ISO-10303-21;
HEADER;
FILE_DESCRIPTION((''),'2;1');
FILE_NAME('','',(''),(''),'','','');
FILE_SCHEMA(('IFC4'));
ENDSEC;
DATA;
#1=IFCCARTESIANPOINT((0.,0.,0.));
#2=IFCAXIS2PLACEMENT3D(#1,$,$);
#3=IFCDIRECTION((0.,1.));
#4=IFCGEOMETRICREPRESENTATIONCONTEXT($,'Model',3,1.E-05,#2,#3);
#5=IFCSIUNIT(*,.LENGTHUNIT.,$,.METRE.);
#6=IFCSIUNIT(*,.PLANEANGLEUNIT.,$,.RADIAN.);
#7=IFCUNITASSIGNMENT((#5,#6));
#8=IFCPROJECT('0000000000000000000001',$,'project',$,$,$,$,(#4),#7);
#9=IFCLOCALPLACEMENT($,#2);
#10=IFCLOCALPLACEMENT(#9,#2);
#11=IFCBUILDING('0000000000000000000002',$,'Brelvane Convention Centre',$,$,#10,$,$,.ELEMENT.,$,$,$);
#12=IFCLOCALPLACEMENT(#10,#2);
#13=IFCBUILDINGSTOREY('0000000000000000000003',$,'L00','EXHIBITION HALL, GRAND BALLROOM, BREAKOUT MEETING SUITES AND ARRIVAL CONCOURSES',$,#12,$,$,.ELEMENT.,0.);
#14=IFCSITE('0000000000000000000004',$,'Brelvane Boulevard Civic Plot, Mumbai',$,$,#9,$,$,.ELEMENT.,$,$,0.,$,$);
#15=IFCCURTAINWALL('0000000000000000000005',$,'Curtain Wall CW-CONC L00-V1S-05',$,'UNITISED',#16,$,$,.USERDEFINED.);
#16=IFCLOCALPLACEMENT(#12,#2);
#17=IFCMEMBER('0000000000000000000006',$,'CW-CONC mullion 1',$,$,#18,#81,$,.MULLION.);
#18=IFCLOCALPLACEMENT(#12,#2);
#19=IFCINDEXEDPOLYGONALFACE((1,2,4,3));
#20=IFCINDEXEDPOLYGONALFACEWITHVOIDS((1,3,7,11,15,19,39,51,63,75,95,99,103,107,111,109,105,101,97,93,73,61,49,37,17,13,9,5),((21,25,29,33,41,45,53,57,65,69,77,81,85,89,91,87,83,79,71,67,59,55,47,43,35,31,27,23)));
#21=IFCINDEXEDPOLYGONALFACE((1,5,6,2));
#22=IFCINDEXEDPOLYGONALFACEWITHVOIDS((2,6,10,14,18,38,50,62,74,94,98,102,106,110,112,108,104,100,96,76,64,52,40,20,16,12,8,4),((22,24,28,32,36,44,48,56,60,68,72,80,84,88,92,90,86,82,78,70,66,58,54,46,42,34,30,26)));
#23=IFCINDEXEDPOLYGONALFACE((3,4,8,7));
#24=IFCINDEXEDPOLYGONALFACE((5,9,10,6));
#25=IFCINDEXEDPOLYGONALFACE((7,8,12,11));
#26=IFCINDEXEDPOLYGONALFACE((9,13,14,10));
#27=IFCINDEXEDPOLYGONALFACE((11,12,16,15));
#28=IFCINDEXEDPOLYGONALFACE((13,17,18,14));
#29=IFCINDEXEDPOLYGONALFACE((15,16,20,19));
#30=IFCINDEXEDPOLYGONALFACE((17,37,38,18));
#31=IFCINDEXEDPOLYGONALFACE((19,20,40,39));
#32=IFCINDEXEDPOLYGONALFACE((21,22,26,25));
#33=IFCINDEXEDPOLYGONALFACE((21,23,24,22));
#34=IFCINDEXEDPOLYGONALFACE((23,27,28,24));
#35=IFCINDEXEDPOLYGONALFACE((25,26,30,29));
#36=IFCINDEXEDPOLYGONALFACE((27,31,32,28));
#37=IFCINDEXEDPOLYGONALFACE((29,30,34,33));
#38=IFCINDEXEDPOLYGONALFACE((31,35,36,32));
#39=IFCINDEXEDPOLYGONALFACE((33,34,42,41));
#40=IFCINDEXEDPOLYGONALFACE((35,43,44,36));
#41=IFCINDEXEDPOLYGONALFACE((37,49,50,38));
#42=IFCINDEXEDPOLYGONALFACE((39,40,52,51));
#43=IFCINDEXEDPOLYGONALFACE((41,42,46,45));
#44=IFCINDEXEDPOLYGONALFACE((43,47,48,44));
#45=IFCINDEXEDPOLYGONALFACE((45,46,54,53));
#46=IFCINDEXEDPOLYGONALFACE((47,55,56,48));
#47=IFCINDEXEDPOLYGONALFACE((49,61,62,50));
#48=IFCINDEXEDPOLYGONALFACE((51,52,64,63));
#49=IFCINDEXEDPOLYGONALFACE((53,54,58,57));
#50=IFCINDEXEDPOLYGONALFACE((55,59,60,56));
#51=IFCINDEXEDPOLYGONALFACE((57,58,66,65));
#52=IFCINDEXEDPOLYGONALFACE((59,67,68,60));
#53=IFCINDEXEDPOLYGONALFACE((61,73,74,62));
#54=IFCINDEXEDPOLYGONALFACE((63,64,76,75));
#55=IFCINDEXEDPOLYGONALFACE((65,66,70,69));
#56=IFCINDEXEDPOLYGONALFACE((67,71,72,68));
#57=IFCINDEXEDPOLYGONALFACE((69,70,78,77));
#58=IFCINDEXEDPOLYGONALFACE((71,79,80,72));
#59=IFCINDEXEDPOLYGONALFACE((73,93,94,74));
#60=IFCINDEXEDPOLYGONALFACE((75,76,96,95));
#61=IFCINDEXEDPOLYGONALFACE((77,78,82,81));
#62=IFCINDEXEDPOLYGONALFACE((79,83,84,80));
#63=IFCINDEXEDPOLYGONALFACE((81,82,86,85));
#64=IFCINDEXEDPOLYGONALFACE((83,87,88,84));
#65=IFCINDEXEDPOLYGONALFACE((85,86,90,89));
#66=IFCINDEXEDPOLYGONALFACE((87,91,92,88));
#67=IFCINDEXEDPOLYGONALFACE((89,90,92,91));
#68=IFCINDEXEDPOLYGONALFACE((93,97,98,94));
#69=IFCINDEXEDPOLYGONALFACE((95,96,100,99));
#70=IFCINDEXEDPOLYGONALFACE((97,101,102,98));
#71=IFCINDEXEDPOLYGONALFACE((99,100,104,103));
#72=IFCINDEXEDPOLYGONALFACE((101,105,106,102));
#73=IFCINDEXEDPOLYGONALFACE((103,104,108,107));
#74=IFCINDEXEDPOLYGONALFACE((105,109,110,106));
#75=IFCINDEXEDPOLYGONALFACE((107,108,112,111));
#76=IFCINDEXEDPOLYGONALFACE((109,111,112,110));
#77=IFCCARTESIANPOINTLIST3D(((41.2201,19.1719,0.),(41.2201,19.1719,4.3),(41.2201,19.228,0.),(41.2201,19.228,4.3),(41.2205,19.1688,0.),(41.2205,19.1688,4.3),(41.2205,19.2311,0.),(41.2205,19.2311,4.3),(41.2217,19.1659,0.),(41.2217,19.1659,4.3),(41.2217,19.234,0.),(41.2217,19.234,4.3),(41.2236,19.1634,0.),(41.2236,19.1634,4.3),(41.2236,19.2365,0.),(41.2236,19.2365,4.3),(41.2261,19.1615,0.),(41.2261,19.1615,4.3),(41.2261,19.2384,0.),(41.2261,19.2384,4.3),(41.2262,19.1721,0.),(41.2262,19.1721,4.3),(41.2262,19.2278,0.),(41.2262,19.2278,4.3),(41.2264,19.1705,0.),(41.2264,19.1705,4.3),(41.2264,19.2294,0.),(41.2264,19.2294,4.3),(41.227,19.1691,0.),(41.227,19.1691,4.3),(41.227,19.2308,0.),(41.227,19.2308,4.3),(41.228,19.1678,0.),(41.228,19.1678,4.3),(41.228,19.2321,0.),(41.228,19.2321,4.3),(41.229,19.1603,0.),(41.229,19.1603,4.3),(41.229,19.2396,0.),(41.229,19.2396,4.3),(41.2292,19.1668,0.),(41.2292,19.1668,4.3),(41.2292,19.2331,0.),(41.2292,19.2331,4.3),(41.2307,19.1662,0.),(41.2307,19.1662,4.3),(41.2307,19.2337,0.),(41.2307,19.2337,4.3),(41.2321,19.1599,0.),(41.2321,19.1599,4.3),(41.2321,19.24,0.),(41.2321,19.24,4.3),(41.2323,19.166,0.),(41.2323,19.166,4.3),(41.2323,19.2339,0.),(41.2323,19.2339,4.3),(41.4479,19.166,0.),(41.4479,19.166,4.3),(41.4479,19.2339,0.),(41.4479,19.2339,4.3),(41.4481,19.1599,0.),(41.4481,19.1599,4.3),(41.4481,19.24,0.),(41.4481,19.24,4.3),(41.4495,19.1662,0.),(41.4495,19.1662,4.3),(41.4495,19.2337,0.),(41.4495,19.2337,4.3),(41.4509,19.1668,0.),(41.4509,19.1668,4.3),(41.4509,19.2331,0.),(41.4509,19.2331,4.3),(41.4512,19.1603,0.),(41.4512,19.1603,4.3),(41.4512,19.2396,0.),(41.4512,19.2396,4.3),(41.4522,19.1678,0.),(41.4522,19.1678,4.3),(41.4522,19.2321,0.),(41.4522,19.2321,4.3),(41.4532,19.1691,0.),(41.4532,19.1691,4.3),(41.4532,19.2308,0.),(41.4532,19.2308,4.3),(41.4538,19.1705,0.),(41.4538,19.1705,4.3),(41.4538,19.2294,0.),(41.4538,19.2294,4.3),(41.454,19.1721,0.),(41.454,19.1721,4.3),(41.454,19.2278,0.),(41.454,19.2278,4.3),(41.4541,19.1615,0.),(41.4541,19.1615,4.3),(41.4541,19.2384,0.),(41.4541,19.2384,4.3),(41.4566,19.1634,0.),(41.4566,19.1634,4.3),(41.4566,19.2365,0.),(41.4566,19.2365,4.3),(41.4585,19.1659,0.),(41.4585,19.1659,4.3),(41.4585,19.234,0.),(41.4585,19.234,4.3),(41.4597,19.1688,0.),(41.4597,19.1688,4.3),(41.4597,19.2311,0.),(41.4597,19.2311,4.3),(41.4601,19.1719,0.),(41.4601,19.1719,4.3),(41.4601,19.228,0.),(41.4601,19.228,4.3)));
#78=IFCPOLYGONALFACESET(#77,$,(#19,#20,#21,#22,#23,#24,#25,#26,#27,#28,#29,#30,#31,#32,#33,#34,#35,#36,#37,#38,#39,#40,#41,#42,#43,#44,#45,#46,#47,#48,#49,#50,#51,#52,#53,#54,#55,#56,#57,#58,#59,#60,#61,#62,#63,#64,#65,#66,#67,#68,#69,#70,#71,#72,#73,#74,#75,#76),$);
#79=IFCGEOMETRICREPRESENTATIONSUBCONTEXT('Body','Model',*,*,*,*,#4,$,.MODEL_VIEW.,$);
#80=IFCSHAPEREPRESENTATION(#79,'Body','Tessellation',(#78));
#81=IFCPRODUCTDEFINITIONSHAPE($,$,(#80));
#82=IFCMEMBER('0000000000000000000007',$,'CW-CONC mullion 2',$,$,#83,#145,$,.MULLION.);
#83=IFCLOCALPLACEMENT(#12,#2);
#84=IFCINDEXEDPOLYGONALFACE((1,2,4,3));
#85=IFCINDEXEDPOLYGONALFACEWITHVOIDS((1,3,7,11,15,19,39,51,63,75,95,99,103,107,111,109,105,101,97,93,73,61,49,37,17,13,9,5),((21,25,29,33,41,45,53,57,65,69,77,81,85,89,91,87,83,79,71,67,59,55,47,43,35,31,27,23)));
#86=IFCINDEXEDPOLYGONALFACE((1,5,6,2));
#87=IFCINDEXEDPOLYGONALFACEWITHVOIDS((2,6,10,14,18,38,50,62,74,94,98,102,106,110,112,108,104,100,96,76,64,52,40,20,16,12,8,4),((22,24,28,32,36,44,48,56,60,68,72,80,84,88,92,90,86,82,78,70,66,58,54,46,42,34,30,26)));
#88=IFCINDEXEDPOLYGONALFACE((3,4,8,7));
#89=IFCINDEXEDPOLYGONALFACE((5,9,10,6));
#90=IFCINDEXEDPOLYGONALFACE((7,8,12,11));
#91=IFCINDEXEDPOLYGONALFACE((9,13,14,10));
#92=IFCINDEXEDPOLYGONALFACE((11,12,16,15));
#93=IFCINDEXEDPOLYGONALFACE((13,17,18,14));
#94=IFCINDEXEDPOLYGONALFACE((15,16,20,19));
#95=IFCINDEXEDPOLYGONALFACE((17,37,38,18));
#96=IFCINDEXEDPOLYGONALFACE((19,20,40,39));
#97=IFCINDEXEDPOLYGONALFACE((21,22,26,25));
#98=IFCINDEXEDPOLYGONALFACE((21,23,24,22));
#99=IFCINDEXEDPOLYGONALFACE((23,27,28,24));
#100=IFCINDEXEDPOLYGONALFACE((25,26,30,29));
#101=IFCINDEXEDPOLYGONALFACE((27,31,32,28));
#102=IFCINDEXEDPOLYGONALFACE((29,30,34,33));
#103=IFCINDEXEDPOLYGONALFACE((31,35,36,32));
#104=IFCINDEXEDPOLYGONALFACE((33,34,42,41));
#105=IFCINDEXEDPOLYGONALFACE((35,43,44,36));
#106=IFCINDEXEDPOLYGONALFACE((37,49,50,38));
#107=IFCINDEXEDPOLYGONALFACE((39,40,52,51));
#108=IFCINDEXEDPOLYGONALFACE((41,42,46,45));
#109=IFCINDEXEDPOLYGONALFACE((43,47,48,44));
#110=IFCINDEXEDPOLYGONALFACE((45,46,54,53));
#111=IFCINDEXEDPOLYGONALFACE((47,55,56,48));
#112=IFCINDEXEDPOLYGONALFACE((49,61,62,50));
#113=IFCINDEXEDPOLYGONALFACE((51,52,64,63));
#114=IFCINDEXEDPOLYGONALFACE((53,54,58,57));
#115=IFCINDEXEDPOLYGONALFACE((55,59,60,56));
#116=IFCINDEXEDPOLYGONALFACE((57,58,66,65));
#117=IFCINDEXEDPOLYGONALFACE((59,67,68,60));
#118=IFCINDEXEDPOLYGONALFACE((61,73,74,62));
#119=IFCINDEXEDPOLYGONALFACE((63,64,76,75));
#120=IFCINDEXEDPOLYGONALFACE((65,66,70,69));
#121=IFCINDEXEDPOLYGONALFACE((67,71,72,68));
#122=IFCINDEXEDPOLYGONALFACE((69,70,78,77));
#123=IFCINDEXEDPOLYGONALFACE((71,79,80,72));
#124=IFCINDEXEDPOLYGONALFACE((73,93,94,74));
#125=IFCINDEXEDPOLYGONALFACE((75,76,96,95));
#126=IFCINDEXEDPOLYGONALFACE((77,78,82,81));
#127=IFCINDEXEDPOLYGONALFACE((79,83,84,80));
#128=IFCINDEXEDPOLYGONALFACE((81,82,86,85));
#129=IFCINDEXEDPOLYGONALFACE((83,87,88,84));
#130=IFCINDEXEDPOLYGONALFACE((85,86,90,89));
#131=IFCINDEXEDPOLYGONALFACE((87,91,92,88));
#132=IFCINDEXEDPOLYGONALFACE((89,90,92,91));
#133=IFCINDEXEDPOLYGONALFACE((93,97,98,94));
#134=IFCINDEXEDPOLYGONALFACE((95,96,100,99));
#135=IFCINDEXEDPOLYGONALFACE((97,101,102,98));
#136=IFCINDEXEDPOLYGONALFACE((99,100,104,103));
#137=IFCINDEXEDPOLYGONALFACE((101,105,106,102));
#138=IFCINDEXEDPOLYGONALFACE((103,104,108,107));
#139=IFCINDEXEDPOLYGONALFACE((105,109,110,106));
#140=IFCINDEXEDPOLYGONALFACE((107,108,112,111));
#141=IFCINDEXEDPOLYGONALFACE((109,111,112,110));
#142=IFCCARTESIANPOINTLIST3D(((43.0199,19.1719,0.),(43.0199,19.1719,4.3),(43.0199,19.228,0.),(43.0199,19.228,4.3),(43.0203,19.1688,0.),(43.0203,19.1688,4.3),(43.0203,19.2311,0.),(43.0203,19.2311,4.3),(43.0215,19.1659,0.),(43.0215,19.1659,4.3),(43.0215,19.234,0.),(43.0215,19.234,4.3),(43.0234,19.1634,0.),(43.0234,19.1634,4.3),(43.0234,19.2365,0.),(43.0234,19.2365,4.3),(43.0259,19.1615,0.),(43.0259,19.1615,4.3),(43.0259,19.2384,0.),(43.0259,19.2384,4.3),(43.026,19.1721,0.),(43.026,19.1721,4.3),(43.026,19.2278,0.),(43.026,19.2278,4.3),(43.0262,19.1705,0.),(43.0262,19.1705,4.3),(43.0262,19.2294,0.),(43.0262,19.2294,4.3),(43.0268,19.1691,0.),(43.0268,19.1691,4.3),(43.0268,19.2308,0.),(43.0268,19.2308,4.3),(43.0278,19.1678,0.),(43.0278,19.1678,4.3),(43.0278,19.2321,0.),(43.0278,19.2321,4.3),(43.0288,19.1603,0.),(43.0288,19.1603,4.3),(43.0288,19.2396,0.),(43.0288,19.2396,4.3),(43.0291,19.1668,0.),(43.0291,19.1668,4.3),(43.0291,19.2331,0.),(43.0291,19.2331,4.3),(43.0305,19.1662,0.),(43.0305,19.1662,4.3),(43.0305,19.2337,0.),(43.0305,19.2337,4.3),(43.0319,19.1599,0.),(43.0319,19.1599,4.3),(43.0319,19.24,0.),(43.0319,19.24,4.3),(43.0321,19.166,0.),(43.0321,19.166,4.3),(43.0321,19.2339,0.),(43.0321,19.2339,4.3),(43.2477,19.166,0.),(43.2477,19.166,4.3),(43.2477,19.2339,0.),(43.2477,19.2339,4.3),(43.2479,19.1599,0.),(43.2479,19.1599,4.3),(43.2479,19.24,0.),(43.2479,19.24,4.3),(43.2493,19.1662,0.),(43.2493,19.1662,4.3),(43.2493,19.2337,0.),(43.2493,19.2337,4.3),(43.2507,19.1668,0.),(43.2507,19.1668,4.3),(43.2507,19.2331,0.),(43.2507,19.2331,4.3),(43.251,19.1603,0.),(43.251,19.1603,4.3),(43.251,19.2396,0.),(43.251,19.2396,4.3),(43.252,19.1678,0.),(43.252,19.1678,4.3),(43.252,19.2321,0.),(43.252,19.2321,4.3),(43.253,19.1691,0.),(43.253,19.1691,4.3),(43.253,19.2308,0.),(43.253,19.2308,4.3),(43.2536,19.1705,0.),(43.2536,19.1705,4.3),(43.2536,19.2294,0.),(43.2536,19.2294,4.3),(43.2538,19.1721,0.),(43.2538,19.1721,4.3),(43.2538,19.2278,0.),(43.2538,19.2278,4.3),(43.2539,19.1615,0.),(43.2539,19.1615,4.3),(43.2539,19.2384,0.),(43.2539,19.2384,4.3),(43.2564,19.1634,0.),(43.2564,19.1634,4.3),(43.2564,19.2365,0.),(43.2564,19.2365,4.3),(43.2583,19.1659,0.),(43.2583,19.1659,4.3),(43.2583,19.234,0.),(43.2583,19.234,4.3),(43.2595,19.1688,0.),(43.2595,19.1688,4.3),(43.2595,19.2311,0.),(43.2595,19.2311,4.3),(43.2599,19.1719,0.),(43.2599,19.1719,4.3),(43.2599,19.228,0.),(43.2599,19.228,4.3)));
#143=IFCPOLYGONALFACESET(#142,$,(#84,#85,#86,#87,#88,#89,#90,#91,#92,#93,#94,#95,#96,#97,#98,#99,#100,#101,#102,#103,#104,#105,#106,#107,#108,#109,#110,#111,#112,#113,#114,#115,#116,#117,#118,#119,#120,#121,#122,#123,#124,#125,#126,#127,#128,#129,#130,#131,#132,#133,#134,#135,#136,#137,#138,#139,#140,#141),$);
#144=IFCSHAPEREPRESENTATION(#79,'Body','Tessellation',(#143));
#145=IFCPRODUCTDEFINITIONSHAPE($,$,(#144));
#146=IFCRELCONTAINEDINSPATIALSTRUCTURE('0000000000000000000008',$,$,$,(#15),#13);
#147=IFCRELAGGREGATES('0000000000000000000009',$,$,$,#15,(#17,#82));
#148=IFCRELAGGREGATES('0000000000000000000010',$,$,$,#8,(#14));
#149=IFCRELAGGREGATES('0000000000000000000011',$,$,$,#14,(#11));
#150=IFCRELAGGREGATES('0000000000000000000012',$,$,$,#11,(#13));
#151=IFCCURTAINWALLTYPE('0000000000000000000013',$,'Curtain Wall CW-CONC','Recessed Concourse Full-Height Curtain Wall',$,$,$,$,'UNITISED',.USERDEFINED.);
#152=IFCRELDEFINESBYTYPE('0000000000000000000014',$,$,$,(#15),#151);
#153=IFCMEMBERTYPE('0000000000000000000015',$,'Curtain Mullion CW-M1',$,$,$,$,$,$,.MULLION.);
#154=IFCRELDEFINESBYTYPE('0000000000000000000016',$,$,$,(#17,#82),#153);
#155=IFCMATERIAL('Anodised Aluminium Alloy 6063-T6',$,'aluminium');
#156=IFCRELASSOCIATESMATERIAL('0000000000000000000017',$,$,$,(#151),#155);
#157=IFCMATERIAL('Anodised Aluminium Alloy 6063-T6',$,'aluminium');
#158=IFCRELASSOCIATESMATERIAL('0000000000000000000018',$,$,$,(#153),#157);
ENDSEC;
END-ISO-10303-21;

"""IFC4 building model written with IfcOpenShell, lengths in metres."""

from ifc_helpers import new_model, si_unit, direction, frame, origin, origin_2d, place, context, subcontext, project, spatial, hollow_rectangle, extrude, material, material_profile, profile_set, type_object, element, aggregate, save


model = new_model("IFC4")

# Units and contexts
model_context = context("Model", 3, precision=1e-05, world=origin(), true_north=direction((0.0, 1.0)))
body_context = subcontext(model_context, "Body", "Model", "MODEL_VIEW")
ifc_project = project(units=[si_unit("LENGTHUNIT", "METRE"), si_unit("PLANEANGLEUNIT", "RADIAN")], contexts=[model_context])

# Site, building, storey
site_placement = place(None, origin())
site = spatial("IfcSite", under=ifc_project, at=site_placement, Name="Brelvane Boulevard Civic Plot, Mumbai", CompositionType="ELEMENT", RefElevation=0.0)
building_placement = place(site_placement, origin())
building = spatial("IfcBuilding", under=site, at=building_placement, Name="Brelvane Convention Centre", CompositionType="ELEMENT")
storey_placement = place(building_placement, origin())
storey = spatial("IfcBuildingStorey", under=building, at=storey_placement, Name="L00", Description="EXHIBITION HALL, GRAND BALLROOM, BREAKOUT MEETING SUITES AND ARRIVAL CONCOURSES", CompositionType="ELEMENT", Elevation=0.0)

# Curtain wall, members
ifc_material_1 = material(Name="Anodised Aluminium Alloy 6063-T6", Category="aluminium")
curtain_wall_type = type_object("IfcCurtainWallType", Name="Curtain Wall CW-CONC", Description="Recessed Concourse Full-Height Curtain Wall", ElementType="UNITISED", PredefinedType="USERDEFINED", material=ifc_material_1)
curtain_wall_placement = place(storey_placement, origin())
curtain_wall = element("IfcCurtainWall", 1, at=curtain_wall_placement, inside=storey, type_object=curtain_wall_type, Name="Curtain Wall CW-CONC L00-V1S-05", ObjectType="UNITISED", PredefinedType="USERDEFINED")
ifc_material_2 = material(Name="Anodised Aluminium Alloy 6063-T6", Category="aluminium")
ifc_material_profile_1 = material_profile(ifc_material_2, hollow_rectangle(XDim=0.0801, YDim=0.24, WallThickness=0.0061, InnerFilletRadius=0.0061, OuterFilletRadius=0.012, at=origin_2d()), Name="ALU-M 240x80x6.0")
ifc_profile_set_1 = profile_set([ifc_material_profile_1], Name="Anodised Aluminium Alloy 6063-T6")
member_type_1 = type_object("IfcMemberType", Name="Curtain Mullion CW-M1", PredefinedType="MULLION", material=ifc_profile_set_1)
member_1_placement = place(storey_placement, frame((41.3401, 19.2, 0.0), z_axis=(0.0, 0.0, 1.0), x_axis=(0.0, 1.0, 0.0)))
member_1 = element("IfcMember", 2, at=member_1_placement, type_object=member_type_1, Name="CW-CONC mullion 1", PredefinedType="MULLION", context=body_context, shape_type="SweptSolid", body=[
    extrude(hollow_rectangle(XDim=0.0801, YDim=0.24, WallThickness=0.0061, InnerFilletRadius=0.0061, OuterFilletRadius=0.012, at=origin_2d()), origin(), (0.0, 0.0, 1.0), 4.3),
])
member_2_placement = place(storey_placement, frame((43.1399, 19.2, 0.0), z_axis=(0.0, 0.0, 1.0), x_axis=(0.0, 1.0, 0.0)))
member_2 = element("IfcMember", 3, at=member_2_placement, type_object=member_type_1, Name="CW-CONC mullion 2", PredefinedType="MULLION", context=body_context, shape_type="SweptSolid", body=[
    extrude(hollow_rectangle(XDim=0.0801, YDim=0.24, WallThickness=0.0061, InnerFilletRadius=0.0061, OuterFilletRadius=0.012, at=origin_2d()), origin(), (0.0, 0.0, 1.0), 4.3),
])
aggregate(curtain_wall, [member_1, member_2])

save(model, "model.ifc")
